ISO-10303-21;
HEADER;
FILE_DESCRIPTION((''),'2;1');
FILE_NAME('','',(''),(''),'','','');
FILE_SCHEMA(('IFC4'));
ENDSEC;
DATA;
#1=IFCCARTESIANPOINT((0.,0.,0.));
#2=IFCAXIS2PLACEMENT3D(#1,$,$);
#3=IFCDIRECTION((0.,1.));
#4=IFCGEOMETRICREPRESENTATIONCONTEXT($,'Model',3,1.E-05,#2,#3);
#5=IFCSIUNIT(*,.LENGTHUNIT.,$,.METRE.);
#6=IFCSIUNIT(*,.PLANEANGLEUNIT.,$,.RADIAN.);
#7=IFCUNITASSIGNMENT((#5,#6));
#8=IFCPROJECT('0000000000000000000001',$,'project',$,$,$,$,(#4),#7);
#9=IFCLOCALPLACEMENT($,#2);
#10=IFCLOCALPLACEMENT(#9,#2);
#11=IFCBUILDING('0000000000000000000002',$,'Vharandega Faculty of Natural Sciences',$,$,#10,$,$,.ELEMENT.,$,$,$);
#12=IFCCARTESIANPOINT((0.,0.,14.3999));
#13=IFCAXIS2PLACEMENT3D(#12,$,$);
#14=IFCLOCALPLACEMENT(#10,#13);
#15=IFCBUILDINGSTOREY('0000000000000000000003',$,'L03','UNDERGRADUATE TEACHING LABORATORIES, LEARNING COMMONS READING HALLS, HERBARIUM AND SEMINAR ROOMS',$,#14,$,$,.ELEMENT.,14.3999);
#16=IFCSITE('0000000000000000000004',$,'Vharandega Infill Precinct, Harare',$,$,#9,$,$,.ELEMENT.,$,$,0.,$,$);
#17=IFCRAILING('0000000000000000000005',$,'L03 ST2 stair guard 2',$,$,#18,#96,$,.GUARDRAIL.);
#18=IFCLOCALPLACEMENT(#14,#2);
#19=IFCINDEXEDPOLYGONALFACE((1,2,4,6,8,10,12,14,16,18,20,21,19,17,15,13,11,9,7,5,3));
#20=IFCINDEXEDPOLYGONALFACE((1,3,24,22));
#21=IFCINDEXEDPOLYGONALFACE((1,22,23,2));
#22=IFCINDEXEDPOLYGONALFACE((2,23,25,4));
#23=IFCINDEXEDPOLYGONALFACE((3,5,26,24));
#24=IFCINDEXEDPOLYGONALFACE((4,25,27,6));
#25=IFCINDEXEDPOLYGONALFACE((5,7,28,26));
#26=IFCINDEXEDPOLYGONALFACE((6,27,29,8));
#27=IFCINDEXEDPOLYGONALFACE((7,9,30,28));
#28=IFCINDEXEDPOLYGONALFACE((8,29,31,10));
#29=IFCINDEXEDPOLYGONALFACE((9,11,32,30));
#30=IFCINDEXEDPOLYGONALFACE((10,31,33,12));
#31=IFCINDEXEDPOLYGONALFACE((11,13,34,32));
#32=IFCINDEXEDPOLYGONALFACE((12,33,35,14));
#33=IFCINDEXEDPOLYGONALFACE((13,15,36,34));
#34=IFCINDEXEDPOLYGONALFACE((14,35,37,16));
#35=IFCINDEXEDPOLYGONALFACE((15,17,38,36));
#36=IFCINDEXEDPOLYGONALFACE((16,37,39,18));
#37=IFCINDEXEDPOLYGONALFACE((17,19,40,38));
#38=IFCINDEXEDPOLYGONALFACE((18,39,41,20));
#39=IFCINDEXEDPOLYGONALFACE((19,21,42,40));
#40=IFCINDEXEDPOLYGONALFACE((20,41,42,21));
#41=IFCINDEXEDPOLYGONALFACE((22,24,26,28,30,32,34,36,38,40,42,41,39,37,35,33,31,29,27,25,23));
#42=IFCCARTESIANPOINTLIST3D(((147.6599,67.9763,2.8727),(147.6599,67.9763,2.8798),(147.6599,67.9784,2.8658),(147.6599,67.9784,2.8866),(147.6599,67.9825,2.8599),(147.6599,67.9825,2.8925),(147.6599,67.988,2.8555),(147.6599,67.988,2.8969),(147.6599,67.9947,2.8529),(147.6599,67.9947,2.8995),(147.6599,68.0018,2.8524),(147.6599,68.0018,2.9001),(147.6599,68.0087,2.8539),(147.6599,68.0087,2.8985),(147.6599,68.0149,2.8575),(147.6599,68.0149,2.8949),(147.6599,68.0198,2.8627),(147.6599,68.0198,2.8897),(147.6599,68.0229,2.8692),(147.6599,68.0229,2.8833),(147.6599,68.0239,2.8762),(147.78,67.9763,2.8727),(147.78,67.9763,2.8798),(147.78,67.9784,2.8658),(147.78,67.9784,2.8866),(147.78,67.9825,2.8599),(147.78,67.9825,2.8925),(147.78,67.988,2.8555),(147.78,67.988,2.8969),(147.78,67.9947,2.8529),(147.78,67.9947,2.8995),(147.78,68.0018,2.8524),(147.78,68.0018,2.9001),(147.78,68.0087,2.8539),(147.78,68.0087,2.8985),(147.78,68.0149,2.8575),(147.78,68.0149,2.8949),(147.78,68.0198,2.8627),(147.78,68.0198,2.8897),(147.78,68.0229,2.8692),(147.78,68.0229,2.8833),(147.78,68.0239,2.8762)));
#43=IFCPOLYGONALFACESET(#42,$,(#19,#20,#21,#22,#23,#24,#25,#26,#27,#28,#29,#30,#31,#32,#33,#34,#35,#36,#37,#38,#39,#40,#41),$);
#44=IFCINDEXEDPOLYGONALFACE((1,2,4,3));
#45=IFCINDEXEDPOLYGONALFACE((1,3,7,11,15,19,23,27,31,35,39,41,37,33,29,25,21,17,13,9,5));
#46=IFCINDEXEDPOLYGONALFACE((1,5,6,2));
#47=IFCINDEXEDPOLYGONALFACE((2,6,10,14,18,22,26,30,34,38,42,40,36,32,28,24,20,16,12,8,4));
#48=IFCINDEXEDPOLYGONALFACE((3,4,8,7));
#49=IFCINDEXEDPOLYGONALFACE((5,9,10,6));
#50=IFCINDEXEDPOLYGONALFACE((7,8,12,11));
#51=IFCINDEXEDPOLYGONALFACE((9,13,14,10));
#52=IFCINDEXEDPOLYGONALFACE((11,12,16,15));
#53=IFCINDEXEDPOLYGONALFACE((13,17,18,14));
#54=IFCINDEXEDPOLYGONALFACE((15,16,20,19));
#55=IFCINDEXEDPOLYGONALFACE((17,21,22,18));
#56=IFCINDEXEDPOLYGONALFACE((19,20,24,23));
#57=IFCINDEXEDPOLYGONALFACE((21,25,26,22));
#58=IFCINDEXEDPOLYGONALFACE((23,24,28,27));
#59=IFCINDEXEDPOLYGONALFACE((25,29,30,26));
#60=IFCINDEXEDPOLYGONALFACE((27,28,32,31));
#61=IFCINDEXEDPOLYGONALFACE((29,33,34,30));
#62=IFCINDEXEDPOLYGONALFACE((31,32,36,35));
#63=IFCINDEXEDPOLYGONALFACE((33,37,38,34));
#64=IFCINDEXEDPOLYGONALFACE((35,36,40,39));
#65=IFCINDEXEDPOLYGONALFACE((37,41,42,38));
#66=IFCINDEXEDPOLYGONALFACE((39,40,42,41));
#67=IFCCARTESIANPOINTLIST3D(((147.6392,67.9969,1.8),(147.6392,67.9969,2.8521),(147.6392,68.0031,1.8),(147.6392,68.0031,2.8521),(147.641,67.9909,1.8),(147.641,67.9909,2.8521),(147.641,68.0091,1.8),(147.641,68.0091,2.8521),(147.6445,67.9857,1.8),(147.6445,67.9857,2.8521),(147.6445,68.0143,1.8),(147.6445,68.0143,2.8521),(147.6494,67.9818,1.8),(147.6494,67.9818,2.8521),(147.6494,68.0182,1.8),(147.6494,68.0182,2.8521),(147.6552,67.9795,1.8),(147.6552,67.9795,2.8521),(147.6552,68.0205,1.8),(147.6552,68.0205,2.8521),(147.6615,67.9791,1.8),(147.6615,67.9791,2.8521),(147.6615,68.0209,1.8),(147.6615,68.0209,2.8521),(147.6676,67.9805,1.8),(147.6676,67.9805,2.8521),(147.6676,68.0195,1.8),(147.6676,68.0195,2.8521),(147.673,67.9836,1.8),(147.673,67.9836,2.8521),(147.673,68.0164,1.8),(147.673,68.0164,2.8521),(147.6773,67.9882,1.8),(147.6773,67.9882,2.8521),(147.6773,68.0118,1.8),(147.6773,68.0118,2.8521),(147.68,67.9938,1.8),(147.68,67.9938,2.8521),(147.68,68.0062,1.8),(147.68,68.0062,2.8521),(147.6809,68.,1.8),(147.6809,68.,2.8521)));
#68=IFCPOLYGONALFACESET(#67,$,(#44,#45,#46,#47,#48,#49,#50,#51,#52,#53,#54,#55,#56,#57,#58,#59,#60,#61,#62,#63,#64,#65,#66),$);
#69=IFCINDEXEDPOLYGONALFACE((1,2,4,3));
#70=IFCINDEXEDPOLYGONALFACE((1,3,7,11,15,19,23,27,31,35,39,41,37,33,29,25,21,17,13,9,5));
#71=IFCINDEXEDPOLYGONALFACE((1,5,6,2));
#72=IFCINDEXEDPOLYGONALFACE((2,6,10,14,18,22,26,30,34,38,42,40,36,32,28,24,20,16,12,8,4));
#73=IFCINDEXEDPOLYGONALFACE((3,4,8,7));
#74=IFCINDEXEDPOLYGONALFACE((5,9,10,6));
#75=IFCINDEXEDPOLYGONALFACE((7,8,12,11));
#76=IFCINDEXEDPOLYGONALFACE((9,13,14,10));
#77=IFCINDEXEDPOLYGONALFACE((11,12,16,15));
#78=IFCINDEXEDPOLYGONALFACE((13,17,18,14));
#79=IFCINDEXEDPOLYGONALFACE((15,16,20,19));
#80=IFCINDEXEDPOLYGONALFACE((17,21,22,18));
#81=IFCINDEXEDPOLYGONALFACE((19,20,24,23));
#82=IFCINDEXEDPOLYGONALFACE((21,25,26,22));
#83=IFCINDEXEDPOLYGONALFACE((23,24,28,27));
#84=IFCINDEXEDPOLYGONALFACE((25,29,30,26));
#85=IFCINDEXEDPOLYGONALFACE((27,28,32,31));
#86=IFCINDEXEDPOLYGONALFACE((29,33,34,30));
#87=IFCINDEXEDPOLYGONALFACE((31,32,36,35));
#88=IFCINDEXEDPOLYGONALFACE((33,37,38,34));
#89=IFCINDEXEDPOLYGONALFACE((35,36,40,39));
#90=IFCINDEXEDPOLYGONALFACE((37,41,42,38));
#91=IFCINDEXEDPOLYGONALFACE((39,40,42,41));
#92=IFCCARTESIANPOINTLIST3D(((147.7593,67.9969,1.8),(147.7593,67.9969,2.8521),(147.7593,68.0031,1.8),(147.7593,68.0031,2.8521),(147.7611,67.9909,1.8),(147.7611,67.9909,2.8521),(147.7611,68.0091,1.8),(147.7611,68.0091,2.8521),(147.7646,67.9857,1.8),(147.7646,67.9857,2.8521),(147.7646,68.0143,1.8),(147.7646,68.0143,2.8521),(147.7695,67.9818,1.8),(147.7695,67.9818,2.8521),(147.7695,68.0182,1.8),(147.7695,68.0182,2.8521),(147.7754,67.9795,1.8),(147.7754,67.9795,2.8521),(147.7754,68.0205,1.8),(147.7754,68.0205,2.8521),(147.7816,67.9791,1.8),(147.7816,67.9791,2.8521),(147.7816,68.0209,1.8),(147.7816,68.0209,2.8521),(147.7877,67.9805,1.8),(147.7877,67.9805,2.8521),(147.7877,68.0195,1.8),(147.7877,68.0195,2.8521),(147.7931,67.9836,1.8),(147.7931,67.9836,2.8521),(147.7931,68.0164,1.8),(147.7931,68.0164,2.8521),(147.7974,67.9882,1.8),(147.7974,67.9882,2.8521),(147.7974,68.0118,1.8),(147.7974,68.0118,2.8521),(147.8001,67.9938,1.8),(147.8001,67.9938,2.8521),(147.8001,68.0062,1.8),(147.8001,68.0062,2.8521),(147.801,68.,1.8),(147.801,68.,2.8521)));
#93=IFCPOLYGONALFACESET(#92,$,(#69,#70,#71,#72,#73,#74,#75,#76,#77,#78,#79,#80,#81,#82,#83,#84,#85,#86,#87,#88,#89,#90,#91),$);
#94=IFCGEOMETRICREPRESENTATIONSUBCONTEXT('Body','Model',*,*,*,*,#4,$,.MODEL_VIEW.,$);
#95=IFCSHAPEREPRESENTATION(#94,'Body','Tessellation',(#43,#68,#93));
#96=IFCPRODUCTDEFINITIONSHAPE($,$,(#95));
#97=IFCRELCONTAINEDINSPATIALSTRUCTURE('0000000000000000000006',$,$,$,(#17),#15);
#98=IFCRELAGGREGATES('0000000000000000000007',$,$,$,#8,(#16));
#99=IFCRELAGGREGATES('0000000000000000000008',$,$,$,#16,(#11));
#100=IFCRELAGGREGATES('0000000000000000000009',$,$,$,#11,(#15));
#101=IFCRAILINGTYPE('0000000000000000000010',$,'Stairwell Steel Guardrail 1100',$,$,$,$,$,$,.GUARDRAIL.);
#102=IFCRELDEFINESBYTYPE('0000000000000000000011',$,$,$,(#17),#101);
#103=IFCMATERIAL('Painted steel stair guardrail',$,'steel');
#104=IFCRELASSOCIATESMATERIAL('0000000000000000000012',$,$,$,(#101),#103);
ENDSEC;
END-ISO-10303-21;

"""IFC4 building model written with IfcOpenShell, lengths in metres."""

from ifc_helpers import new_model, si_unit, direction, frame, origin, origin_2d, place, context, subcontext, project, spatial, circle, extrude, material, type_object, element, save


model = new_model("IFC4")

# Units and contexts
model_context = context("Model", 3, precision=1e-05, world=origin(), true_north=direction((0.0, 1.0)))
body_context = subcontext(model_context, "Body", "Model", "MODEL_VIEW")
ifc_project = project(units=[si_unit("LENGTHUNIT", "METRE"), si_unit("PLANEANGLEUNIT", "RADIAN")], contexts=[model_context])

# Site, building, storey
site_placement = place(None, origin())
site = spatial("IfcSite", under=ifc_project, at=site_placement, Name="Vharandega Infill Precinct, Harare", CompositionType="ELEMENT", RefElevation=0.0)
building_placement = place(site_placement, origin())
building = spatial("IfcBuilding", under=site, at=building_placement, Name="Vharandega Faculty of Natural Sciences", CompositionType="ELEMENT")
storey_placement = place(building_placement, frame((0.0, 0.0, 14.3999)))
storey = spatial("IfcBuildingStorey", under=building, at=storey_placement, Name="L03", Description="UNDERGRADUATE TEACHING LABORATORIES, LEARNING COMMONS READING HALLS, HERBARIUM AND SEMINAR ROOMS", CompositionType="ELEMENT", Elevation=14.3999)

# Railing
ifc_material_1 = material(Name="Painted steel stair guardrail", Category="steel")
railing_type_1 = type_object("IfcRailingType", Name="Stairwell Steel Guardrail 1100", PredefinedType="GUARDRAIL", material=ifc_material_1)
railing_1_placement = place(storey_placement, frame((147.6599, 68.0, 1.8)))
element("IfcRailing", 1, at=railing_1_placement, inside=storey, type_object=railing_type_1, Name="L03 ST2 stair guard 2", PredefinedType="GUARDRAIL", context=body_context, shape_type="SweptSolid", body=[
    extrude(circle(Radius=0.0239, at=origin_2d()), frame((0.0, 0.0, 1.0762), z_axis=(1.0, 0.0, 0.0), x_axis=(0.0, 1.0, 0.0)), (0.0, 0.0, 1.0), 0.1201),
    extrude(circle(Radius=0.021, at=origin_2d()), origin(), (0.0, 0.0, 1.0), 1.052),
    extrude(circle(Radius=0.021, at=origin_2d()), frame((0.1201, 0.0, 0.0)), (0.0, 0.0, 1.0), 1.052),
])

save(model, "model.ifc")
